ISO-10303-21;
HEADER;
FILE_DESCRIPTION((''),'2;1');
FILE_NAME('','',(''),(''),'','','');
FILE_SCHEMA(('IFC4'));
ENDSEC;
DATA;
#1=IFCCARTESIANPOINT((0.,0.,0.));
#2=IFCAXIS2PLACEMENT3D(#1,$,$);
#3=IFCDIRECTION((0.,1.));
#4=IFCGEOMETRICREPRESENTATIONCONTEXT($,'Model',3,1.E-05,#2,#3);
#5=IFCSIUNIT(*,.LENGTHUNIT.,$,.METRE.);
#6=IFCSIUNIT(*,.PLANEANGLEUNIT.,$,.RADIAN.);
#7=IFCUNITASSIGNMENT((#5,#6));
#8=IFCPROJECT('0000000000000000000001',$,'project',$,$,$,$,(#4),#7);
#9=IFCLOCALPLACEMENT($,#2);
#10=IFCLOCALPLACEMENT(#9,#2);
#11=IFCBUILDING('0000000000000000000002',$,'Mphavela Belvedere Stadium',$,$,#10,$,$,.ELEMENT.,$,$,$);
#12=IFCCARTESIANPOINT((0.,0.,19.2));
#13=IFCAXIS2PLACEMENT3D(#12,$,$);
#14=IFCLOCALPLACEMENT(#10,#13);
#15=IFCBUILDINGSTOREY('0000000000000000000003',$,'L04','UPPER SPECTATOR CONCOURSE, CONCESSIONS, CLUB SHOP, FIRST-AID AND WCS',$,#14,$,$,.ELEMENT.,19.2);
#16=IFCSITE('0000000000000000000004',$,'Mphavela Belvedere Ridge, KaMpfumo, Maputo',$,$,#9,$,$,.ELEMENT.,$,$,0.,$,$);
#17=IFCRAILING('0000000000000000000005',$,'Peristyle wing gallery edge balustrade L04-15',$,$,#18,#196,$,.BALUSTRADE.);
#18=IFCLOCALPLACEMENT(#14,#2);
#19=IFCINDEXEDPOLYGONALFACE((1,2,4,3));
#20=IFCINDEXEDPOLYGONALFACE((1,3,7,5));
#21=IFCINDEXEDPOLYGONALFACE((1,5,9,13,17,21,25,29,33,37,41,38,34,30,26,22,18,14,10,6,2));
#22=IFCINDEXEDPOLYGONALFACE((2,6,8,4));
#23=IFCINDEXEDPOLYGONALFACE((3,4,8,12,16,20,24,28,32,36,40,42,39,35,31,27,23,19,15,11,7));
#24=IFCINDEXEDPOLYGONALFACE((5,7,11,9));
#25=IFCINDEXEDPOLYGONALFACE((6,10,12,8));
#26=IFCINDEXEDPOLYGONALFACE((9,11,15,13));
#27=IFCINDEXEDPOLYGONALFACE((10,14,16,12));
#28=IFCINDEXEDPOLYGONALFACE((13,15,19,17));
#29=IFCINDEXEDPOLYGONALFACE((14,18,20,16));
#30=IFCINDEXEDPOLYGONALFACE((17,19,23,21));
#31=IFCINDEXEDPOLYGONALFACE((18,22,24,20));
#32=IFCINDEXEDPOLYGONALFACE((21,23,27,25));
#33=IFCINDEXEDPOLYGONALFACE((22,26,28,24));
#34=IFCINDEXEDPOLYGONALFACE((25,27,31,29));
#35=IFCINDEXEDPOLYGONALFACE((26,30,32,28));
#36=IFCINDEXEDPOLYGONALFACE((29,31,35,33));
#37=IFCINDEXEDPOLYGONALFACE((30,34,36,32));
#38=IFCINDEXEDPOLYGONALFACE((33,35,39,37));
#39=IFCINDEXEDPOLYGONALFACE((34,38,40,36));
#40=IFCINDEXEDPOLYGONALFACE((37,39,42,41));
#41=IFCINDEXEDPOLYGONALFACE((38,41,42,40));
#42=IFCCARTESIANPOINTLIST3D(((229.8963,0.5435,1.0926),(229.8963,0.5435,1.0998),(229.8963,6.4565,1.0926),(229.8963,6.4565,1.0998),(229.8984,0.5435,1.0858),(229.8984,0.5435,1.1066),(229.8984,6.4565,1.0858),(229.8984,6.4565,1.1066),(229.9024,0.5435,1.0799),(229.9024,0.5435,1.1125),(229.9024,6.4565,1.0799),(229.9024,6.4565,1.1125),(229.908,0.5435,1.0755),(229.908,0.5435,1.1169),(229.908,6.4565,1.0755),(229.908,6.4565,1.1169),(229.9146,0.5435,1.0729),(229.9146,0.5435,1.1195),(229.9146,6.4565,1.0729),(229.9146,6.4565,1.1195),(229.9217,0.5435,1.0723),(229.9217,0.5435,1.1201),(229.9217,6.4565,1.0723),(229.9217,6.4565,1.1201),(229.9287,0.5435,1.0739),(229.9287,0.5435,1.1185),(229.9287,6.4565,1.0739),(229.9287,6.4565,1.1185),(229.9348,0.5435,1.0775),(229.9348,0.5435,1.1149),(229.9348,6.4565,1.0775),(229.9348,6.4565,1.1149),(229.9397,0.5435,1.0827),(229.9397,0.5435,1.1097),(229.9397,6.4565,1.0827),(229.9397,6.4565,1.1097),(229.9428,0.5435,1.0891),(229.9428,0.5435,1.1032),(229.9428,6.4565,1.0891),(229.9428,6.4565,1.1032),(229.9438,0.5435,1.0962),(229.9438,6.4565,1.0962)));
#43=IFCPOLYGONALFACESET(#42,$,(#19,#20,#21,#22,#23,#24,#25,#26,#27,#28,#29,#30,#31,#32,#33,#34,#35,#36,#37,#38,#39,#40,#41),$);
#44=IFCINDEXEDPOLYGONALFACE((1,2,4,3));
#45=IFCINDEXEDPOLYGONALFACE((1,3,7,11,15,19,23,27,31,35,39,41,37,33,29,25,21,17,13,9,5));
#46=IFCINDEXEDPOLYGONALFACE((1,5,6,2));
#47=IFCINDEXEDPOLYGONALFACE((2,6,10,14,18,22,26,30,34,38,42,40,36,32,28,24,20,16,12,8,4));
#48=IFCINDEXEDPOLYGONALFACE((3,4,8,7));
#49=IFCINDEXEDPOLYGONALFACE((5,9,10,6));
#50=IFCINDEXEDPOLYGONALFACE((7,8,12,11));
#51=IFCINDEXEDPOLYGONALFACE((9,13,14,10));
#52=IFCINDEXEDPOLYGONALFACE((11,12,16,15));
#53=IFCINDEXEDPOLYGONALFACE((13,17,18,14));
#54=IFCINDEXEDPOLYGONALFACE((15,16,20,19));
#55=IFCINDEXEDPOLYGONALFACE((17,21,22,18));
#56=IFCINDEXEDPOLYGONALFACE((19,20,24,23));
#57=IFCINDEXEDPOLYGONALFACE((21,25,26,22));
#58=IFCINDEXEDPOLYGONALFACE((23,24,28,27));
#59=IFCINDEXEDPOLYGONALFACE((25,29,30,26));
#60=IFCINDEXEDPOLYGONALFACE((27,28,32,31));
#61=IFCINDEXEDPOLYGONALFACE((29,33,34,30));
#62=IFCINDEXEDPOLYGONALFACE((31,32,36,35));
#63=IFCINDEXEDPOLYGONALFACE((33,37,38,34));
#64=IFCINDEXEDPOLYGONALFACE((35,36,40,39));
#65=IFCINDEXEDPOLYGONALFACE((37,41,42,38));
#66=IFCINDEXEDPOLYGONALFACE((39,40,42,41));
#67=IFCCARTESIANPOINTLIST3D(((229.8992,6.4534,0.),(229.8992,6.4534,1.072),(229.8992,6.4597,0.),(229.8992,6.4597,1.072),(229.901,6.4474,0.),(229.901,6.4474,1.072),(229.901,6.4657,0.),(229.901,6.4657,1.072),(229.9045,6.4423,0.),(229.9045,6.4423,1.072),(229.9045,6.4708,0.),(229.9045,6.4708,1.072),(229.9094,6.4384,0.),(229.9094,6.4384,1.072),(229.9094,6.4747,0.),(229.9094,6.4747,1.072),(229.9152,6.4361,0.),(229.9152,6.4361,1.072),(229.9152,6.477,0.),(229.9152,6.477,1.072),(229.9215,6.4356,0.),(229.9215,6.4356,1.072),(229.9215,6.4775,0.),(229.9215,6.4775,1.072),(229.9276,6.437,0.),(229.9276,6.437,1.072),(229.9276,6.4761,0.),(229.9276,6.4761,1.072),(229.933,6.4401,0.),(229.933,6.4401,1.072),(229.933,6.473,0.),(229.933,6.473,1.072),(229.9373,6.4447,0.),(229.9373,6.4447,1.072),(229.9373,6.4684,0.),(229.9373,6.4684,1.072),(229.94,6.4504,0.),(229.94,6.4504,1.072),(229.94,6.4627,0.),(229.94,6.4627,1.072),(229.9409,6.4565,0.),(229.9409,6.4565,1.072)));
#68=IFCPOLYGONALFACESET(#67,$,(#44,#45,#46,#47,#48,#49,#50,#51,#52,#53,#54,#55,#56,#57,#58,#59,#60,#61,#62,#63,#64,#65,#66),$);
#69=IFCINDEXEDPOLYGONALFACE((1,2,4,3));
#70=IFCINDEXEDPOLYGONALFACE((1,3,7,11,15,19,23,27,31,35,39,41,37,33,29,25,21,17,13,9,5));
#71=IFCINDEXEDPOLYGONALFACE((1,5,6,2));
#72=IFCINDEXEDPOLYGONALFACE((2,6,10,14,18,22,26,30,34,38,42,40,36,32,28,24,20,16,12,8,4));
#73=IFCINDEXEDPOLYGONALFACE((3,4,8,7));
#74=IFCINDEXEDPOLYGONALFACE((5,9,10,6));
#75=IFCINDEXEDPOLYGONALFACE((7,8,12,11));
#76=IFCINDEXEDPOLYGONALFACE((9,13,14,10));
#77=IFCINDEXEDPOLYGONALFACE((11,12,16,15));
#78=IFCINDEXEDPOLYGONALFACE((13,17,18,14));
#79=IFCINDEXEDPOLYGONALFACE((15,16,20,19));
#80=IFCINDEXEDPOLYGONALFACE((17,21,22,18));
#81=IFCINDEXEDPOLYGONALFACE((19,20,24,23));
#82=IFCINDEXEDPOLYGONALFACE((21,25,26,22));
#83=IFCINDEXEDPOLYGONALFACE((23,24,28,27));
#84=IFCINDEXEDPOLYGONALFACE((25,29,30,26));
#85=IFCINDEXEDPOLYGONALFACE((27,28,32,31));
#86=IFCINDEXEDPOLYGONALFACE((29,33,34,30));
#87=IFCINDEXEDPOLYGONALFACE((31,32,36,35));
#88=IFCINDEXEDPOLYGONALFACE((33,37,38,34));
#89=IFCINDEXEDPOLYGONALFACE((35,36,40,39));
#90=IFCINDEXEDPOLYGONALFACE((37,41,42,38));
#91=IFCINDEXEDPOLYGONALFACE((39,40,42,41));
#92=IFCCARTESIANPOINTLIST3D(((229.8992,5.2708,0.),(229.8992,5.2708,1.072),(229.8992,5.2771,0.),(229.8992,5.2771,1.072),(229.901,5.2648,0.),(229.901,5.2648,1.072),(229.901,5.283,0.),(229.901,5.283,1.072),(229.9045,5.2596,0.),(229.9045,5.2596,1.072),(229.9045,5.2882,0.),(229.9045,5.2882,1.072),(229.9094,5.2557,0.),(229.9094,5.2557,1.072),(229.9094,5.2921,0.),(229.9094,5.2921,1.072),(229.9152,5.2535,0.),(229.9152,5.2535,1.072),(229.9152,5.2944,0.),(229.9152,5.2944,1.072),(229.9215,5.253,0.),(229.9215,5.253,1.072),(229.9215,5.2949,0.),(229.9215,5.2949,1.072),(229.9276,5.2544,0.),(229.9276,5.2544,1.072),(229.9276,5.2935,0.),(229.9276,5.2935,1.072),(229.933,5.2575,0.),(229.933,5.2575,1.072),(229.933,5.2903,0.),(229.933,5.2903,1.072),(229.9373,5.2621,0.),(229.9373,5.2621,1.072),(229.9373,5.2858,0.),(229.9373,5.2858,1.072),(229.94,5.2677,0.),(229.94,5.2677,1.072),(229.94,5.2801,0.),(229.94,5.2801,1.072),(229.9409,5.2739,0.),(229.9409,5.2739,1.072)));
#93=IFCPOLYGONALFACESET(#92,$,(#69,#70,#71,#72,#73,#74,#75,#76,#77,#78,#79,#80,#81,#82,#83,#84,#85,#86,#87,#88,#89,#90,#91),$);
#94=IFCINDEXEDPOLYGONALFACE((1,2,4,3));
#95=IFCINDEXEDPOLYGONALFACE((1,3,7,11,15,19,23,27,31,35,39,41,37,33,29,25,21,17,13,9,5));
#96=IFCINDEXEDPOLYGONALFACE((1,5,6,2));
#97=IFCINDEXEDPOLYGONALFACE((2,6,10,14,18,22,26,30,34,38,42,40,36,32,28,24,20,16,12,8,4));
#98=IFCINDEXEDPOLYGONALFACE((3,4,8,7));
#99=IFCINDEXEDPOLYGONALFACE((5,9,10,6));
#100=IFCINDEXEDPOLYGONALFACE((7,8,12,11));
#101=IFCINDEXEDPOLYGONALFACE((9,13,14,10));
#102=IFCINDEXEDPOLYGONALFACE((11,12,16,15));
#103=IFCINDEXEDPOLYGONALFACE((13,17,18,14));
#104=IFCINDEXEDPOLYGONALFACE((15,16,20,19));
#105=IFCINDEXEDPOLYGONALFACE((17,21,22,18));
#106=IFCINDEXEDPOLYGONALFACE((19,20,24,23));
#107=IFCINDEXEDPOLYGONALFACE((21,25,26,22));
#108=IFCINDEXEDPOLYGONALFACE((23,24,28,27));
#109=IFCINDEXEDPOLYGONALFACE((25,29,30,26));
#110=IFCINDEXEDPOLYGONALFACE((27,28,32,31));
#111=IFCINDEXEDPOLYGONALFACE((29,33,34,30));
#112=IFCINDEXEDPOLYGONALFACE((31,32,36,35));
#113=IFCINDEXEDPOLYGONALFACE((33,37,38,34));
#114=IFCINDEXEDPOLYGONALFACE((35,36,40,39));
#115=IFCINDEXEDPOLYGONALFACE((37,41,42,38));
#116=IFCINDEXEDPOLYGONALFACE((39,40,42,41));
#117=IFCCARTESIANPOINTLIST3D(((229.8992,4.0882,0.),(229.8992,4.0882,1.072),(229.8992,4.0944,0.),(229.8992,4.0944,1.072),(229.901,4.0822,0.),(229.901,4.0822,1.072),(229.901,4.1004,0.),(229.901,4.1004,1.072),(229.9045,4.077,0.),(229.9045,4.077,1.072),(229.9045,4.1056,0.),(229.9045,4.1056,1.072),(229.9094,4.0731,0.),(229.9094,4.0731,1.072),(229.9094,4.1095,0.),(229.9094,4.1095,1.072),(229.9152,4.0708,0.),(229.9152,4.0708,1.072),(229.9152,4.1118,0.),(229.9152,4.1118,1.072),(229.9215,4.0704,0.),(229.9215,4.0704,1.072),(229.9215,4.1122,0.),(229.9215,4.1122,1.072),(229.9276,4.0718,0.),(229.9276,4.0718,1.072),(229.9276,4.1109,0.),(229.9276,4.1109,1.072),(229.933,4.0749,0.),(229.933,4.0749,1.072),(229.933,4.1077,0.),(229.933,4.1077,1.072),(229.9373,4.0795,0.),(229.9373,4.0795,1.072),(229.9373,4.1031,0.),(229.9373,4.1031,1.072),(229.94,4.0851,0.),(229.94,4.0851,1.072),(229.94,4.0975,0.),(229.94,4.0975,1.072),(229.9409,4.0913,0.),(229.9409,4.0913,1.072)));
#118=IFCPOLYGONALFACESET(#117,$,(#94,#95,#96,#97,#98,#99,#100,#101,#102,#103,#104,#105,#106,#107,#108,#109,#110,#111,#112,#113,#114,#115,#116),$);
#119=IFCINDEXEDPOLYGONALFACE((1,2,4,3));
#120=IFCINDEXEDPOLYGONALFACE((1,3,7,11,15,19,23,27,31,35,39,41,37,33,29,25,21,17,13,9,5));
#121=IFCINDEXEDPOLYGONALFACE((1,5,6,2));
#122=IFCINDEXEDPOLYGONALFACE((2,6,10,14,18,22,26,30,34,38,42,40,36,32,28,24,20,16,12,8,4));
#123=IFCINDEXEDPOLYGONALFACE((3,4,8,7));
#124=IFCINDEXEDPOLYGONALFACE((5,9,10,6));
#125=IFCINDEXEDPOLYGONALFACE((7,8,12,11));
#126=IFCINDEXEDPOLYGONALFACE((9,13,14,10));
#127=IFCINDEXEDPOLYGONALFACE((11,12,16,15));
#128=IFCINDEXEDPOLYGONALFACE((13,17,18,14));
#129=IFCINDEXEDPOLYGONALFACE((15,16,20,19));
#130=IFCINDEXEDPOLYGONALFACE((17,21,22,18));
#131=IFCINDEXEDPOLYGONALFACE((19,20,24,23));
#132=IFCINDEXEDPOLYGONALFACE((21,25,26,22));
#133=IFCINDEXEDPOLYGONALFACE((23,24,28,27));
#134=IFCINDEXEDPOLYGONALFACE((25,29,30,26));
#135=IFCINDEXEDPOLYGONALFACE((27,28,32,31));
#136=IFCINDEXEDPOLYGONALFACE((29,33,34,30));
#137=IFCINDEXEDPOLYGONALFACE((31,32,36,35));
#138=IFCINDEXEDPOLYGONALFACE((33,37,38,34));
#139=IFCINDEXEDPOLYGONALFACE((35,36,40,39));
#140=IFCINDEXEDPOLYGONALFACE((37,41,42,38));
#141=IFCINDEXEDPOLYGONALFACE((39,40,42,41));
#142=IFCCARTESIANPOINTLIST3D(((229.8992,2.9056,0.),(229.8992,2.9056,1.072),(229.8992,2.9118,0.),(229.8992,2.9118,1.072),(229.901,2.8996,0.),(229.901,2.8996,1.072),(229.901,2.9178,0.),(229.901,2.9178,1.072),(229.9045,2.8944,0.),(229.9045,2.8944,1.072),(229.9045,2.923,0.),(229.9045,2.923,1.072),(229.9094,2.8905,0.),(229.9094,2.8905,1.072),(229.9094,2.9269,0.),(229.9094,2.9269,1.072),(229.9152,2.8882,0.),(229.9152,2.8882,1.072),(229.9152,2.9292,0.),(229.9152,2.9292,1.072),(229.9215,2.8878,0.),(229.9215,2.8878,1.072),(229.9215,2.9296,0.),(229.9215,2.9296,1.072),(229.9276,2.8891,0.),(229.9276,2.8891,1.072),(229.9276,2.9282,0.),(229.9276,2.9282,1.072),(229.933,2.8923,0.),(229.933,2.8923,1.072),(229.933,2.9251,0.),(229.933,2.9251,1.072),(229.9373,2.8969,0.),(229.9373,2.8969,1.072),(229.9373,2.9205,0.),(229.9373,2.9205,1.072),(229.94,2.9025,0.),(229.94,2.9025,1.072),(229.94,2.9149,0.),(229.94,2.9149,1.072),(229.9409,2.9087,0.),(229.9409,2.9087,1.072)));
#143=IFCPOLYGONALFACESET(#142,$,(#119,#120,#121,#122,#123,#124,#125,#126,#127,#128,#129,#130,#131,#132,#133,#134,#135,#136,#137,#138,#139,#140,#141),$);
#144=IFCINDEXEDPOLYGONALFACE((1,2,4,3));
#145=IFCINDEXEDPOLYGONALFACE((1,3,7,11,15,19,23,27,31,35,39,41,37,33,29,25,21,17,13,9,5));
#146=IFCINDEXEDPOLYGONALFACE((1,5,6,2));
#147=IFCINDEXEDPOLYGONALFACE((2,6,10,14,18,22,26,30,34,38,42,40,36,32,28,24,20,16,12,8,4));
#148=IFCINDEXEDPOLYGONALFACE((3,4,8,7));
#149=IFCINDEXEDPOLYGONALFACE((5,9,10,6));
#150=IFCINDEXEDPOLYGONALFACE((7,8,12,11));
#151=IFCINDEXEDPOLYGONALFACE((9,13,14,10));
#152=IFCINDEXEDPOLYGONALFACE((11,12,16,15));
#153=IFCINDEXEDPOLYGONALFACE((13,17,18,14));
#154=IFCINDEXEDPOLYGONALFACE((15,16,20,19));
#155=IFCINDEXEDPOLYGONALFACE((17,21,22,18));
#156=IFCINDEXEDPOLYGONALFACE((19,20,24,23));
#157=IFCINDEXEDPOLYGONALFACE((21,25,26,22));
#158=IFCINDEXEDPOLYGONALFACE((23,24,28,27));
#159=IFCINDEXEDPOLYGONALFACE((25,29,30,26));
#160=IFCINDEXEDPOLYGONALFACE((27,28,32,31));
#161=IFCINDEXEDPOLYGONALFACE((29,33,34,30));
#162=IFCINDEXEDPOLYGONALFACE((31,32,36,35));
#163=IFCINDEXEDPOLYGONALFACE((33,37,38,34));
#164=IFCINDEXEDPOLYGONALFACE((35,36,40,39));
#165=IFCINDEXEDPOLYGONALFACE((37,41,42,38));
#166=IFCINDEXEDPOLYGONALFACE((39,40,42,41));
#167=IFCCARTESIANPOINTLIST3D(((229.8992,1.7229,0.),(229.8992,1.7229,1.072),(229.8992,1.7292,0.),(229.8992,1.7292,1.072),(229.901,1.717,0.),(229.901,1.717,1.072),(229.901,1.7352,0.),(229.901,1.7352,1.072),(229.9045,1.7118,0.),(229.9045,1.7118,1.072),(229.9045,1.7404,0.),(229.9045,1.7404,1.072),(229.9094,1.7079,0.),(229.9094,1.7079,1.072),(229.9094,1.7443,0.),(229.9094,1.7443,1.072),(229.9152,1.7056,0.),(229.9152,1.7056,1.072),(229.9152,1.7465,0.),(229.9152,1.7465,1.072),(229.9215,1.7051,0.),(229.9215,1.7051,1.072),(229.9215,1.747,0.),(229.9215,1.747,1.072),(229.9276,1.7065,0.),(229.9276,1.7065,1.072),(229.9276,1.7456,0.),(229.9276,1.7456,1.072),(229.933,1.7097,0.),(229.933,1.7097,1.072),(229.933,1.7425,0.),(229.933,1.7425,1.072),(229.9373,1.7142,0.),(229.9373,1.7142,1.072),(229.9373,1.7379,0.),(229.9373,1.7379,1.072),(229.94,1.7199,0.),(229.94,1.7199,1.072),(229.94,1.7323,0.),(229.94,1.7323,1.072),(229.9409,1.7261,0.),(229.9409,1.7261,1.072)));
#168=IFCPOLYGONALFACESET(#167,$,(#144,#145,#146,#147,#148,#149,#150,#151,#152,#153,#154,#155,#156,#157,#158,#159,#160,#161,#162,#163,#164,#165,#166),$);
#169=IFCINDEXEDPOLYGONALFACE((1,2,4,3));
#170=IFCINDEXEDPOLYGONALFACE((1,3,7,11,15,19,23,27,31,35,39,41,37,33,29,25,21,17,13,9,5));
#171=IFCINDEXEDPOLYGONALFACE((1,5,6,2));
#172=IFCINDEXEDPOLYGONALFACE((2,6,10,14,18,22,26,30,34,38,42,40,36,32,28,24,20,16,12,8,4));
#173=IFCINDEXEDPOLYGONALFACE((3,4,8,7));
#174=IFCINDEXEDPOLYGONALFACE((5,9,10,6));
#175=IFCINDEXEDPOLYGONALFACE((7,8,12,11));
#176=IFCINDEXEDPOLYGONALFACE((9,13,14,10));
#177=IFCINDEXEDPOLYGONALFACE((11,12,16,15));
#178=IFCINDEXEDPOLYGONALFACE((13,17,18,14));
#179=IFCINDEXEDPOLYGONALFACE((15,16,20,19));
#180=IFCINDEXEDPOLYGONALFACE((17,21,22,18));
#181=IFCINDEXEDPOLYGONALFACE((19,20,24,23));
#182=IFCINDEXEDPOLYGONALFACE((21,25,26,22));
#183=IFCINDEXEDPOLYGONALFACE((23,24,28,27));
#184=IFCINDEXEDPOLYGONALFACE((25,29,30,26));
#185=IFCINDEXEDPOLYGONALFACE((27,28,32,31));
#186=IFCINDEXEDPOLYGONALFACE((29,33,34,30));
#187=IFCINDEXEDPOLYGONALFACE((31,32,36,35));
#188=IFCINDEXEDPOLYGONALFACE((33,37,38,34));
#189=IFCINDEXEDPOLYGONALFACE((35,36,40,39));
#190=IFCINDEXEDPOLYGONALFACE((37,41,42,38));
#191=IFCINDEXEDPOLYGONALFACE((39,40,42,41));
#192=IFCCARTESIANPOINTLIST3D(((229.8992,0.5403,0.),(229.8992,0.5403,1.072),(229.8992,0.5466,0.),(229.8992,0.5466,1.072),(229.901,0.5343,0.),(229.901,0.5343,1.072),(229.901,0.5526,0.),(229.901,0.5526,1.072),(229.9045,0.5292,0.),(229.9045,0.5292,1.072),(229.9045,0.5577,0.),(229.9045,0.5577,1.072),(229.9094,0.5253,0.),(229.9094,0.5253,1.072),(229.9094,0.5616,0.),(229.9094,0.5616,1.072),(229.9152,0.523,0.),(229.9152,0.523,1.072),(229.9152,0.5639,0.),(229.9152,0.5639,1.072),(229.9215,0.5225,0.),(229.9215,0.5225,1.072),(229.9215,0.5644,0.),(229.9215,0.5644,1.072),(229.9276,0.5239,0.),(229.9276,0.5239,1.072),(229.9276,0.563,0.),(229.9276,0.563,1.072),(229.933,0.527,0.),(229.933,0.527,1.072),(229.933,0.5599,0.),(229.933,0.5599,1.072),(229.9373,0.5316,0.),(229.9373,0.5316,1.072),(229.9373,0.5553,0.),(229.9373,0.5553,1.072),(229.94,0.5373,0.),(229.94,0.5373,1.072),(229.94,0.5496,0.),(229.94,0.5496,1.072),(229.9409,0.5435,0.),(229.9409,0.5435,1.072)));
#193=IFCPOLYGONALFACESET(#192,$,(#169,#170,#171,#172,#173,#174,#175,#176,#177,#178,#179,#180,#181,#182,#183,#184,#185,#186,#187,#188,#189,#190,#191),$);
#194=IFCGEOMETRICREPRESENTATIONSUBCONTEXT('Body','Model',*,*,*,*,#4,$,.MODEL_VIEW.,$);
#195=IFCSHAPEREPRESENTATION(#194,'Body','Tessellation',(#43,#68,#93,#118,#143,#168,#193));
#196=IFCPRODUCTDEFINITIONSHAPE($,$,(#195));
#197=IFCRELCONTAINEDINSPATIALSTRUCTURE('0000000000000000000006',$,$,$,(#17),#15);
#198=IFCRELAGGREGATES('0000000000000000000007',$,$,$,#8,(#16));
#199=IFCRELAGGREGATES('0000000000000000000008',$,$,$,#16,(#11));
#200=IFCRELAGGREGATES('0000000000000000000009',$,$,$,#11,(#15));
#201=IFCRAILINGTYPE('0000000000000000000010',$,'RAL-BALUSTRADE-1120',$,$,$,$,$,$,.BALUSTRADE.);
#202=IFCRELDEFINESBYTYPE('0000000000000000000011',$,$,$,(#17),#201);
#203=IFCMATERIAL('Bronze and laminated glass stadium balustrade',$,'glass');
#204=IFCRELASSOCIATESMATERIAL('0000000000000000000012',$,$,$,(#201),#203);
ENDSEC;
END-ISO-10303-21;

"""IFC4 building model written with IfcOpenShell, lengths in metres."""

from ifc_helpers import new_model, si_unit, direction, frame, origin, origin_2d, place, context, subcontext, project, spatial, circle, extrude, material, type_object, element, save


model = new_model("IFC4")

# Units and contexts
model_context = context("Model", 3, precision=1e-05, world=origin(), true_north=direction((0.0, 1.0)))
body_context = subcontext(model_context, "Body", "Model", "MODEL_VIEW")
ifc_project = project(units=[si_unit("LENGTHUNIT", "METRE"), si_unit("PLANEANGLEUNIT", "RADIAN")], contexts=[model_context])

# Site, building, storey
site_placement = place(None, origin())
site = spatial("IfcSite", under=ifc_project, at=site_placement, Name="Mphavela Belvedere Ridge, KaMpfumo, Maputo", CompositionType="ELEMENT", RefElevation=0.0)
building_placement = place(site_placement, origin())
building = spatial("IfcBuilding", under=site, at=building_placement, Name="Mphavela Belvedere Stadium", CompositionType="ELEMENT")
storey_placement = place(building_placement, frame((0.0, 0.0, 19.2)))
storey = spatial("IfcBuildingStorey", under=building, at=storey_placement, Name="L04", Description="UPPER SPECTATOR CONCOURSE, CONCESSIONS, CLUB SHOP, FIRST-AID AND WCS", CompositionType="ELEMENT", Elevation=19.2)

# Railing
ifc_material_1 = material(Name="Bronze and laminated glass stadium balustrade", Category="glass")
railing_type = type_object("IfcRailingType", Name="RAL-BALUSTRADE-1120", PredefinedType="BALUSTRADE", material=ifc_material_1)
for number, where, name in (
    (1, (229.9199, 6.4565, 0.0), "Peristyle wing gallery edge balustrade L04-15"),
):
    element("IfcRailing", number, at=place(storey_placement, frame(where)), inside=storey, type_object=railing_type, Name=name, PredefinedType="BALUSTRADE", context=body_context, shape_type="SweptSolid", body=[
        extrude(circle(Radius=0.0239, at=origin_2d()), frame((0.0, 0.0, 1.0962), z_axis=(0.0, -1.0, 0.0), x_axis=(1.0, 0.0, 0.0)), (0.0, 0.0, 1.0), 5.9131),
        extrude(circle(Radius=0.021, at=origin_2d()), origin(), (0.0, 0.0, 1.0), 1.072),
        extrude(circle(Radius=0.021, at=origin_2d()), frame((0.0, -1.1826, 0.0)), (0.0, 0.0, 1.0), 1.072),
        extrude(circle(Radius=0.021, at=origin_2d()), frame((0.0, -2.3652, 0.0)), (0.0, 0.0, 1.0), 1.072),
        extrude(circle(Radius=0.021, at=origin_2d()), frame((0.0, -3.5479, 0.0)), (0.0, 0.0, 1.0), 1.072),
        extrude(circle(Radius=0.021, at=origin_2d()), frame((0.0, -4.7305, 0.0)), (0.0, 0.0, 1.0), 1.072),
        extrude(circle(Radius=0.021, at=origin_2d()), frame((0.0, -5.9131, 0.0)), (0.0, 0.0, 1.0), 1.072),
    ])

save(model, "model.ifc")
